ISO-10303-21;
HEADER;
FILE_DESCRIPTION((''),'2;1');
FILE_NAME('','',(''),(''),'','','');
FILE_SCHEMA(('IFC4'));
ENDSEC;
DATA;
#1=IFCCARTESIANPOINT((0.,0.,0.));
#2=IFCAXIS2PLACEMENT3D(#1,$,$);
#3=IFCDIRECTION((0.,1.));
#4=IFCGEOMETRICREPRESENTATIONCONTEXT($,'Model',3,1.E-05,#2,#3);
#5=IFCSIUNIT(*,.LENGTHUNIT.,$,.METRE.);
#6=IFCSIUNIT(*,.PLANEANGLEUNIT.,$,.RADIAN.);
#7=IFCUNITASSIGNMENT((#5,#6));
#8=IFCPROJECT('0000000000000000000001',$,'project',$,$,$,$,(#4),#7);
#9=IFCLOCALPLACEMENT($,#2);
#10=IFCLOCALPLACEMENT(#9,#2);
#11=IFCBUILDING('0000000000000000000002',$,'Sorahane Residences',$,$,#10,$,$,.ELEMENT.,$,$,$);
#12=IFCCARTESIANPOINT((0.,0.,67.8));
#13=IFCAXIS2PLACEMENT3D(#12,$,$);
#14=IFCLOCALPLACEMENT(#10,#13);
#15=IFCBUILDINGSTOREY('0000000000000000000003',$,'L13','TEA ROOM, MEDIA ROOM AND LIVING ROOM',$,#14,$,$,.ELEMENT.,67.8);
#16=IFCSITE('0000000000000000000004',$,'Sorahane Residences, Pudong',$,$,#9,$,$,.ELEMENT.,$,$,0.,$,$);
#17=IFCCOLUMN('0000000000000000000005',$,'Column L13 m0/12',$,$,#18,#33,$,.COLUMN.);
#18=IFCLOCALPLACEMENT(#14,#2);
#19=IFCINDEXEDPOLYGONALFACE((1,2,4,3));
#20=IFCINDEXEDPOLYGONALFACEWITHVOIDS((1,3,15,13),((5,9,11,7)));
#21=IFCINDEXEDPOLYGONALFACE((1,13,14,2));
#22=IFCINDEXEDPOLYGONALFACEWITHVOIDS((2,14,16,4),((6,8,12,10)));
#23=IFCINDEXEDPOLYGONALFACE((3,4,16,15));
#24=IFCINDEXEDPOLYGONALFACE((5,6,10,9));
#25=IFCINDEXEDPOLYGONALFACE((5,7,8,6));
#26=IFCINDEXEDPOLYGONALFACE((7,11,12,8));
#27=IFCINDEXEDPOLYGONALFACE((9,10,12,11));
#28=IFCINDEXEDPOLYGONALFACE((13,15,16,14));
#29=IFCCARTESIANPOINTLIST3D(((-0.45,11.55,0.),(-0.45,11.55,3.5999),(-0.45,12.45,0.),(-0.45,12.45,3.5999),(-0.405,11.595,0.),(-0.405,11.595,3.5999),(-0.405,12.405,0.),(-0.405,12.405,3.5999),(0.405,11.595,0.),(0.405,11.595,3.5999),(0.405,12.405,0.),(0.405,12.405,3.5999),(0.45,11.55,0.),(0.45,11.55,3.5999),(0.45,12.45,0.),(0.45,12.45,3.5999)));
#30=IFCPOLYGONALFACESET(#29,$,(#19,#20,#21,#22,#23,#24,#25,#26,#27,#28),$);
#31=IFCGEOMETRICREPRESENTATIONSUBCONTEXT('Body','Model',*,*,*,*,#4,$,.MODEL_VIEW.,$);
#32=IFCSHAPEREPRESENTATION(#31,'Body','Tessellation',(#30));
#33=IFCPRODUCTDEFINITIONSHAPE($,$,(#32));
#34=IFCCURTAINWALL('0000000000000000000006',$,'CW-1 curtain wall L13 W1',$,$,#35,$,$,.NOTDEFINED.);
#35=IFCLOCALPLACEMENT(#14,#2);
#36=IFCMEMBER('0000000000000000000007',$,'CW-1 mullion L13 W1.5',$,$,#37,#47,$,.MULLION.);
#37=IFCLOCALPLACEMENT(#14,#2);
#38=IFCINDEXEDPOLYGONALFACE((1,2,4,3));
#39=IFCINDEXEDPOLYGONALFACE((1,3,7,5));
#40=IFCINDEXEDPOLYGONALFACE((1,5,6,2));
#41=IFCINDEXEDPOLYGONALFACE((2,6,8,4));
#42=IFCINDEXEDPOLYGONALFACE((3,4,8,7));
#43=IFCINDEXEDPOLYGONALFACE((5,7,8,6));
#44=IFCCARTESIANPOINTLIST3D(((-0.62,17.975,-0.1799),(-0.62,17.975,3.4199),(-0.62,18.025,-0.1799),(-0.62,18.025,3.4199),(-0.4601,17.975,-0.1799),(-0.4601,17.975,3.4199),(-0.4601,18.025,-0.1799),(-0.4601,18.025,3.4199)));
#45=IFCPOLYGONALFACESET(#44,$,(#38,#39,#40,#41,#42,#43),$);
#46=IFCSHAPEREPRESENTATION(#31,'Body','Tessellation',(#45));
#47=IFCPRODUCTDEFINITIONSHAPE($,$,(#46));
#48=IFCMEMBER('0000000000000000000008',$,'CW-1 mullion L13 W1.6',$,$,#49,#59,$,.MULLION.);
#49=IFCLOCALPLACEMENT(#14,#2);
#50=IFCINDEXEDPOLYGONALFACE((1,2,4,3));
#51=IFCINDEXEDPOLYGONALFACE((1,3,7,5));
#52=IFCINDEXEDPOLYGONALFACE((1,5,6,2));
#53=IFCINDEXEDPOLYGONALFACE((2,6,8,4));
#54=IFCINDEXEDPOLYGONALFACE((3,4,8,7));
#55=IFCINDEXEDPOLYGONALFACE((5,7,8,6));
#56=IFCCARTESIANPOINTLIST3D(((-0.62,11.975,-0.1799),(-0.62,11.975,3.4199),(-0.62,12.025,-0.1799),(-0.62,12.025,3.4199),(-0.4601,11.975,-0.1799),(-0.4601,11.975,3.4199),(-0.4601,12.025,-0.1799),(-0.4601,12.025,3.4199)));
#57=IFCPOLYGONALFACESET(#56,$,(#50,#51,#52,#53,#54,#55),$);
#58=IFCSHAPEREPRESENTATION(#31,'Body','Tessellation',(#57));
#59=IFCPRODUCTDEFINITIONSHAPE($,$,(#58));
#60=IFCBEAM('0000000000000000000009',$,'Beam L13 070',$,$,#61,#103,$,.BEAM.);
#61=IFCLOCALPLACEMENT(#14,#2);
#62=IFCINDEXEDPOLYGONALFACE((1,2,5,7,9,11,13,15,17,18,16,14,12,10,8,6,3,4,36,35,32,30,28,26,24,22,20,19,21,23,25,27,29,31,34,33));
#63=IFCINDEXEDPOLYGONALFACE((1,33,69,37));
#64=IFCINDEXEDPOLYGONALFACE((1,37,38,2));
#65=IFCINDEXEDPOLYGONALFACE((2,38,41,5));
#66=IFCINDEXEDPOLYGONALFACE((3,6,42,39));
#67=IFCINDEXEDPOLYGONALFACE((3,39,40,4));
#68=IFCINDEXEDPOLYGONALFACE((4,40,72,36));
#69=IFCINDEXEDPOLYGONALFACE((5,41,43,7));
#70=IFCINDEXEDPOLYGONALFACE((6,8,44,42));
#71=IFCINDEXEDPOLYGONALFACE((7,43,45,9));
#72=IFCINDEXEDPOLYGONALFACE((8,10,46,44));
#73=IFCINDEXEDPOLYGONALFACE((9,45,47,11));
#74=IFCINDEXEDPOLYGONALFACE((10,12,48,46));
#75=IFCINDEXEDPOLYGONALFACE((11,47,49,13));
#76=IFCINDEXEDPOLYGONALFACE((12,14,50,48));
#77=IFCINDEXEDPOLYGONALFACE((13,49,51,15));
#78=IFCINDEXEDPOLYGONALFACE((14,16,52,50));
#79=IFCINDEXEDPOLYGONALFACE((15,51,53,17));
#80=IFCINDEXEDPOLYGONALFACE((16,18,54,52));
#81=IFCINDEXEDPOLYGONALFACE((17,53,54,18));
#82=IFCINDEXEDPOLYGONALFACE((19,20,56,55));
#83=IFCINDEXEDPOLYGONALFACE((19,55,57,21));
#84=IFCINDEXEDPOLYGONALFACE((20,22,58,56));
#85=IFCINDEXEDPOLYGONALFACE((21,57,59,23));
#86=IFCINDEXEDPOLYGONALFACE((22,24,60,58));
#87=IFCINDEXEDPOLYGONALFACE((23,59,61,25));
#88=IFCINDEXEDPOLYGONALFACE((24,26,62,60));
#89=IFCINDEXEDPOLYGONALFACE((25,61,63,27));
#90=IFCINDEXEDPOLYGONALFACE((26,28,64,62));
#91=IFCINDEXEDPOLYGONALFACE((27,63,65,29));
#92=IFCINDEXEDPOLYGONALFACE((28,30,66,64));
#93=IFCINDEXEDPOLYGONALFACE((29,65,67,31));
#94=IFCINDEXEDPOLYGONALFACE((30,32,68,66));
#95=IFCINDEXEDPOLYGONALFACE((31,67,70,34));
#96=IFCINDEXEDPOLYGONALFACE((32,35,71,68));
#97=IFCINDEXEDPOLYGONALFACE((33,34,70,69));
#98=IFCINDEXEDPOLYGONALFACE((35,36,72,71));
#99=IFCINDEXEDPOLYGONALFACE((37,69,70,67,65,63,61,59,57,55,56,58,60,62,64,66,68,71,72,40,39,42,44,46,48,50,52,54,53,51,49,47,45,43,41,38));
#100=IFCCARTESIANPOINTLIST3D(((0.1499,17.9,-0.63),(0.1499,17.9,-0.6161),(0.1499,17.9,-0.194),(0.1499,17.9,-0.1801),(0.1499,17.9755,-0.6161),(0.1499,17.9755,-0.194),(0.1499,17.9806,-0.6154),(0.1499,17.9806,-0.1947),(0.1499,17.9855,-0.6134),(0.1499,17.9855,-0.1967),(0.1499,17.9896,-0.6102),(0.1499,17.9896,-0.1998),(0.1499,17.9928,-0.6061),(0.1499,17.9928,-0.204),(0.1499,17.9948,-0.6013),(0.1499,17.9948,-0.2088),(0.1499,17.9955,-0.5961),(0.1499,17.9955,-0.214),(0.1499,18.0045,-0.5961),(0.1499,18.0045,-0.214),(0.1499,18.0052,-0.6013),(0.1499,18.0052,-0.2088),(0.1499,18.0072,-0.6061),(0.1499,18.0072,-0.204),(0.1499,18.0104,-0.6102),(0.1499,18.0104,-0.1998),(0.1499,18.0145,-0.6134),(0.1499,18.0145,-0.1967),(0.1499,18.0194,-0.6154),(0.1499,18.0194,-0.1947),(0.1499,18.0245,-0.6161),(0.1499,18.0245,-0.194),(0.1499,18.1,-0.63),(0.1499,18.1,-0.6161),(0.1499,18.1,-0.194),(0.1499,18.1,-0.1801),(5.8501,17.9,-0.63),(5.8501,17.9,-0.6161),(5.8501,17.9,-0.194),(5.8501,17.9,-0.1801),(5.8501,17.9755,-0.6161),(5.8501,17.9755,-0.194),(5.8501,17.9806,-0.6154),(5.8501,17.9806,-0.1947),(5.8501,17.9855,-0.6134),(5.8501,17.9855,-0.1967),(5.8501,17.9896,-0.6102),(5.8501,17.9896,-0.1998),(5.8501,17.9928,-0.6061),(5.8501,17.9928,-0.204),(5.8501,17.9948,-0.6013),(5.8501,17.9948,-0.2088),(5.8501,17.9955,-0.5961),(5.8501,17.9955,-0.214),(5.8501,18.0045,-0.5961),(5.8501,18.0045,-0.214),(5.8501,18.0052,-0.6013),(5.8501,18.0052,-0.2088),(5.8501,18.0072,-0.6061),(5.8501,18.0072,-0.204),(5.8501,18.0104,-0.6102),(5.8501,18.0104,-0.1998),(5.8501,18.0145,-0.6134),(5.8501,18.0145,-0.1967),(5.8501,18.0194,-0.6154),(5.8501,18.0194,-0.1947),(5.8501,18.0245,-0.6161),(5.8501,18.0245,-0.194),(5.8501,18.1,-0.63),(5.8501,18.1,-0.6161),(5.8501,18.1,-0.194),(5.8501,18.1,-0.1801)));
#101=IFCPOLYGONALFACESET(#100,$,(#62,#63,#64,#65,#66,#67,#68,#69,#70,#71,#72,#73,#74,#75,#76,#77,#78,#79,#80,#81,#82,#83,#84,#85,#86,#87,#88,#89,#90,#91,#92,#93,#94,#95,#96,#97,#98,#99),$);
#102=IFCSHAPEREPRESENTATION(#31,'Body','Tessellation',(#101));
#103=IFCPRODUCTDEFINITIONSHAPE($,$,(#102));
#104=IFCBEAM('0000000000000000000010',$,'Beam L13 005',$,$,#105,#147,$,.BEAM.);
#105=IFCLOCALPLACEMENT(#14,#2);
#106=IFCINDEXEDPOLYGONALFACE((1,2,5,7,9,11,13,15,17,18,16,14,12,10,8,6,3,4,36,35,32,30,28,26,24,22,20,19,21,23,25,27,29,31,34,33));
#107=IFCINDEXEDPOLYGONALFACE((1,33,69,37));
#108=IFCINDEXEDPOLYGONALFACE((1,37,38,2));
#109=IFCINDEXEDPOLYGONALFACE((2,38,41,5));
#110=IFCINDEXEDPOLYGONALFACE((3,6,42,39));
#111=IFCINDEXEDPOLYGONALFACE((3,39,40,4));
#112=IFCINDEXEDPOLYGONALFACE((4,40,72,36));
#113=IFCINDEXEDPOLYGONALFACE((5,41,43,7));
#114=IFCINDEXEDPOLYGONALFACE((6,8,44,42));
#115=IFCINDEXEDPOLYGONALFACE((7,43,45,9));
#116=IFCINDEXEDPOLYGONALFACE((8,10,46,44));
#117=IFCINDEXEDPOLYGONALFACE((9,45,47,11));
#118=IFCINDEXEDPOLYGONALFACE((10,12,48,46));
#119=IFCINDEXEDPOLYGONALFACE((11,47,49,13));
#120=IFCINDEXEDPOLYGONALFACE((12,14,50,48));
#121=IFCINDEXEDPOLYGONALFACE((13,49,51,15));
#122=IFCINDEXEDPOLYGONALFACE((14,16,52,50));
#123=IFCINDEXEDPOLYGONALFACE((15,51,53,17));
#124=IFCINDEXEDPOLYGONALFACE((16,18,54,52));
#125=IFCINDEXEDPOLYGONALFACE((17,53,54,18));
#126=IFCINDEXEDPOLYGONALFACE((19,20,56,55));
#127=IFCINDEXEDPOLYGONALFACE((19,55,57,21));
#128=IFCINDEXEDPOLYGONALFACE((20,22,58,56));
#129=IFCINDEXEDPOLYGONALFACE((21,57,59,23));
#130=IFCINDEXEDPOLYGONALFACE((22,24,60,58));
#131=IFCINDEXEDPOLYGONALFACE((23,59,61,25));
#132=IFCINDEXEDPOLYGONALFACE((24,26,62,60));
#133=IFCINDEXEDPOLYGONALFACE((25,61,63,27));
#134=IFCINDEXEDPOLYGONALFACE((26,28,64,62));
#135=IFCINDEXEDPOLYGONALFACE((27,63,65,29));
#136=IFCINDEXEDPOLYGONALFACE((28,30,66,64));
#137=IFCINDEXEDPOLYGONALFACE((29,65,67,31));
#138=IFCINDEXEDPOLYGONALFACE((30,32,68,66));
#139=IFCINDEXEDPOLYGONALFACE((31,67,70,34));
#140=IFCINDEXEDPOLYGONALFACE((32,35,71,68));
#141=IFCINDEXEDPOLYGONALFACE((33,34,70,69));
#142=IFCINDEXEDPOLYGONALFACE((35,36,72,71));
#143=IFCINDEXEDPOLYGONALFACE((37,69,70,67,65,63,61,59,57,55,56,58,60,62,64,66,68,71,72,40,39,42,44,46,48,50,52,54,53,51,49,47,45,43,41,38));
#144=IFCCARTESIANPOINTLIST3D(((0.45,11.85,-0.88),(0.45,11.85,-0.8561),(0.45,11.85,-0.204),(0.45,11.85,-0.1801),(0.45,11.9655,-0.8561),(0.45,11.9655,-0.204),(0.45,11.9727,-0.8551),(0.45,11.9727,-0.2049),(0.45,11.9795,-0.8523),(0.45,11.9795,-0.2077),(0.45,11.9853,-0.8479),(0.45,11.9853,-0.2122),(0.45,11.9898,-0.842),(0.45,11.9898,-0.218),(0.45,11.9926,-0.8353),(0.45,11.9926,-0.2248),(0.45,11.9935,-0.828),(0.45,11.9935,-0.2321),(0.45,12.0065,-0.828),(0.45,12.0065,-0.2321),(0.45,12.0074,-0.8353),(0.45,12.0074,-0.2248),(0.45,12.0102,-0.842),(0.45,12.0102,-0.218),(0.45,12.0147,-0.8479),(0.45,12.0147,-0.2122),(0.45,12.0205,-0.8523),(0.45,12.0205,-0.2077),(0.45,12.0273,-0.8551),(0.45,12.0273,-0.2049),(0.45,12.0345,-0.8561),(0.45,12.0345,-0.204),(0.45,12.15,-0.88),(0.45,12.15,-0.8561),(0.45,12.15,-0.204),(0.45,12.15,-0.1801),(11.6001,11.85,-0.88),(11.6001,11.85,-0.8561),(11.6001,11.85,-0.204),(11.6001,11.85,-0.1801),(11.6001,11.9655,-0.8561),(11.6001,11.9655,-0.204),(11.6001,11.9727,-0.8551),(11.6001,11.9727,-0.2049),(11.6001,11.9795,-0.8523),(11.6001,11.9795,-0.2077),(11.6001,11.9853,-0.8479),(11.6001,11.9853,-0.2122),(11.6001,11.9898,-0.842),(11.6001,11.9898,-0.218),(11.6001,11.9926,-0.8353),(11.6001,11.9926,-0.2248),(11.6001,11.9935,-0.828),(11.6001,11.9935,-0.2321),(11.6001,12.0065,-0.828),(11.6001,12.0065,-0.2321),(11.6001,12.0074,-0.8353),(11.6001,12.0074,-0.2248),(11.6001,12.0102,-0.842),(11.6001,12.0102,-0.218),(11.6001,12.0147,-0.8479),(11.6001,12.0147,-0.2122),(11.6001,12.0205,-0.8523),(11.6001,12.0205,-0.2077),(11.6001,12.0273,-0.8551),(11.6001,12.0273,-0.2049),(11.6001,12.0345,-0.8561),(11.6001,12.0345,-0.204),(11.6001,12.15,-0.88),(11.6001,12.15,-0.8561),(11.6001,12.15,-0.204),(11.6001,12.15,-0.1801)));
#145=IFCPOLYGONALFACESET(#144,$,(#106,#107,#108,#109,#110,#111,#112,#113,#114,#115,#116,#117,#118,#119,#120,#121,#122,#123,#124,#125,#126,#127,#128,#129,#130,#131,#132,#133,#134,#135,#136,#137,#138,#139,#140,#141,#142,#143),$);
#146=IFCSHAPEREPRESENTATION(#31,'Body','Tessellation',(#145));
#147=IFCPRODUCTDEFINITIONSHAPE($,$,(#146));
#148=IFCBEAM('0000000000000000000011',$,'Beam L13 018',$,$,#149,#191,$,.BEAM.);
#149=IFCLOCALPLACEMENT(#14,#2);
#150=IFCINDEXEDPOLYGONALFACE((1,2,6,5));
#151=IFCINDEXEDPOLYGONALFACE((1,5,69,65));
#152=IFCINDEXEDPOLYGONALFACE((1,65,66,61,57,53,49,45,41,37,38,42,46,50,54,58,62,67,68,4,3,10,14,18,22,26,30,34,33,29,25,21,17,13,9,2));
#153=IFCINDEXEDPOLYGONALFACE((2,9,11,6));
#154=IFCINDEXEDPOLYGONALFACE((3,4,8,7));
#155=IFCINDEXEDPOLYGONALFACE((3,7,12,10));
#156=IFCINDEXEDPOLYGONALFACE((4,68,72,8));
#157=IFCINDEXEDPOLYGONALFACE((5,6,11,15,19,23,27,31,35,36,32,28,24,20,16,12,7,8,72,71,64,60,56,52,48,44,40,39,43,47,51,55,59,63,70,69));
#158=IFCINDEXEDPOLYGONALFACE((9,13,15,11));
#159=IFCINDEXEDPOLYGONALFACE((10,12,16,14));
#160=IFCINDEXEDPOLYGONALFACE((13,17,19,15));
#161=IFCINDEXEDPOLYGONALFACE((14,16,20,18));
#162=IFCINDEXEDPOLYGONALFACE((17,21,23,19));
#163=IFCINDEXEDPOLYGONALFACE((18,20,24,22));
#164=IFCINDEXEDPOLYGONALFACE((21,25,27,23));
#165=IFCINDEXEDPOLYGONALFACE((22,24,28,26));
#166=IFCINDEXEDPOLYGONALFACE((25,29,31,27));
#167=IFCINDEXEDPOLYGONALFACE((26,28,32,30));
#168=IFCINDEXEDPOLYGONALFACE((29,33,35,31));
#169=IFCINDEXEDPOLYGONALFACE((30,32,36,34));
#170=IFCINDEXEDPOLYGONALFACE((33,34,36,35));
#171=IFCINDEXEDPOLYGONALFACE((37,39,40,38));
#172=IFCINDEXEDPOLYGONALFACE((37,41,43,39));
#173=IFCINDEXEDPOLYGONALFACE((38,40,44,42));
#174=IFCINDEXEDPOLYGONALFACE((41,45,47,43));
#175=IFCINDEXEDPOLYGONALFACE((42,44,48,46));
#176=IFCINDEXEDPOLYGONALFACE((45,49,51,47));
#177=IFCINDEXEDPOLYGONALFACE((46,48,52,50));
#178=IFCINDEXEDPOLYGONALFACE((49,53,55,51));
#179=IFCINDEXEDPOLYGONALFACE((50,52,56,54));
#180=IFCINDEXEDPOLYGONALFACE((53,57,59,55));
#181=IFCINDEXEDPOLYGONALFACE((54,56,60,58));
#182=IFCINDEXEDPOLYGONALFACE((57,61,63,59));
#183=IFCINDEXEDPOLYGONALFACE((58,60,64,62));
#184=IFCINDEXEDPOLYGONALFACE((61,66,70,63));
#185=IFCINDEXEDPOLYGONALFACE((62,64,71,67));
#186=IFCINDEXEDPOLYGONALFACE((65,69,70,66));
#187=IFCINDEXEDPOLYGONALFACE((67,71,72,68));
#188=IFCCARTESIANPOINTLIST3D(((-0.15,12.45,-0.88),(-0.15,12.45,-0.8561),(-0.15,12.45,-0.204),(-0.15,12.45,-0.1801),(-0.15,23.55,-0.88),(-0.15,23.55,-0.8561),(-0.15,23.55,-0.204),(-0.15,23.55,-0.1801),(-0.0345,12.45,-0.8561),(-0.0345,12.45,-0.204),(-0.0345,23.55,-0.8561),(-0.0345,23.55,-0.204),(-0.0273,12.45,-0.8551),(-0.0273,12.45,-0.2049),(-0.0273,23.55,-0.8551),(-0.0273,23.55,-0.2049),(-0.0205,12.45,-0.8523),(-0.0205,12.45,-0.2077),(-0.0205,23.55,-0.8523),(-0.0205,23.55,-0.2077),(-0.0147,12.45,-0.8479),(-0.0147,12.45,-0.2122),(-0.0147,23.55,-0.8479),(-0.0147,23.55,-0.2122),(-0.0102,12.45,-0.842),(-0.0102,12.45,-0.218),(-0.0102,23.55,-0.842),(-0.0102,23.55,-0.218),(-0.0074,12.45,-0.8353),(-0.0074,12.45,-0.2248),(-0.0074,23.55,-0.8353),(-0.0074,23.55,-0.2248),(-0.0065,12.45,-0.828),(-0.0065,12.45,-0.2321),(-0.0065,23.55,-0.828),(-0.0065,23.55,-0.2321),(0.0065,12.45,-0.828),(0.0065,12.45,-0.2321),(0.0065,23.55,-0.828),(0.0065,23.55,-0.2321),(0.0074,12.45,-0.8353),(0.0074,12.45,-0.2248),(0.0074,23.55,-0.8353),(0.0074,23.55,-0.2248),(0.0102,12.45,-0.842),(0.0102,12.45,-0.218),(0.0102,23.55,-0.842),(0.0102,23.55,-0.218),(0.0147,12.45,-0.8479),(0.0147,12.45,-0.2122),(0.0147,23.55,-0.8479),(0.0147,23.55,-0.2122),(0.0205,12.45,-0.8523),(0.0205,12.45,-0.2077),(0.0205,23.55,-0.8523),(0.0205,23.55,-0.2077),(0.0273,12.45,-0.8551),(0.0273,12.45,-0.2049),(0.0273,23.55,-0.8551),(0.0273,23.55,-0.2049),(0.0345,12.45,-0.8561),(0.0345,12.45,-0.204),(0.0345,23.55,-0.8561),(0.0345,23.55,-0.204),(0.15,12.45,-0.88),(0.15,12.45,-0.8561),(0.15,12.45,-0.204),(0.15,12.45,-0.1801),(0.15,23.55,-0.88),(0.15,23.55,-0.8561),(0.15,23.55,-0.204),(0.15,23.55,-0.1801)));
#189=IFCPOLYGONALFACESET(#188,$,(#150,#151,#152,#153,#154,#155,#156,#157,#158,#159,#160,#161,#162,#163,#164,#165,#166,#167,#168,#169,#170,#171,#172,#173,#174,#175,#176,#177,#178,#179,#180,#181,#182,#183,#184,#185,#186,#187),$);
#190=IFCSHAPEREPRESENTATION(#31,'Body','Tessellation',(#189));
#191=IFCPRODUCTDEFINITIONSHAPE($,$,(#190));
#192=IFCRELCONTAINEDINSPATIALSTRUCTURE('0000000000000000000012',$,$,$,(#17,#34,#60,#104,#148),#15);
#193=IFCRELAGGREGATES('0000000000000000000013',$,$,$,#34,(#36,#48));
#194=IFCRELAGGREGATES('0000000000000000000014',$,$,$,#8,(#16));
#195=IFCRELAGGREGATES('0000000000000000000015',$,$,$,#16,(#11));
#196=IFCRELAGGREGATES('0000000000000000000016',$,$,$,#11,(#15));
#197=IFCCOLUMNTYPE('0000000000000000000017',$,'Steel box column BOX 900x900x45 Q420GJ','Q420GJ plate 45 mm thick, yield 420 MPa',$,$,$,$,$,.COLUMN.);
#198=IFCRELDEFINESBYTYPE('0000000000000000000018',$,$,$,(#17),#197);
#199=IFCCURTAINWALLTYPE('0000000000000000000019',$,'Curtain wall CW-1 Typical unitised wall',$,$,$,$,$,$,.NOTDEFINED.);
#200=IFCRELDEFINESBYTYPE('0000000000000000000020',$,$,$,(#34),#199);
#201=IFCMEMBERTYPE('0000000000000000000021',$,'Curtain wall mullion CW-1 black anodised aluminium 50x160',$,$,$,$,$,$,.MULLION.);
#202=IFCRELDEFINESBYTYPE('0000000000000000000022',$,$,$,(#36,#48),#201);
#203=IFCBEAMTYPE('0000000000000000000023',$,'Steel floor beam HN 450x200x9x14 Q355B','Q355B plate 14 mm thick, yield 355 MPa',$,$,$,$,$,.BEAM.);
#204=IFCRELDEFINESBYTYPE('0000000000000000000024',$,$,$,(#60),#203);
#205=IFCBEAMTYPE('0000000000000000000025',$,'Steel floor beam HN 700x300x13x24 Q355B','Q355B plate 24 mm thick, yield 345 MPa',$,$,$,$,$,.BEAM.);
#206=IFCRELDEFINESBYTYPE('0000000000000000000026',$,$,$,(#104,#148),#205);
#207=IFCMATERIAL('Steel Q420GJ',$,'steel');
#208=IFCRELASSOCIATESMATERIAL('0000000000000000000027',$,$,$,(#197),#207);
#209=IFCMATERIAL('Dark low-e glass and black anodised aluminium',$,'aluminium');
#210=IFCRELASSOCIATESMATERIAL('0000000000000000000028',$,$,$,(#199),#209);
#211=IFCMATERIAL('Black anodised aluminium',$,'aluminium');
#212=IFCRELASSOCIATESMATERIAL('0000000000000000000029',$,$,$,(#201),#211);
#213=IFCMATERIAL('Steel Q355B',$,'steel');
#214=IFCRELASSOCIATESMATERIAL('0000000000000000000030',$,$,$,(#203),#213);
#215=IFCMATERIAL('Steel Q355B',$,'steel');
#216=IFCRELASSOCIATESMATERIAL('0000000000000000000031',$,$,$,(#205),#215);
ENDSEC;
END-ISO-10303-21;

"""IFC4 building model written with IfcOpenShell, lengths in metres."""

from ifc_helpers import new_model, si_unit, direction, frame, origin, origin_2d, place, context, subcontext, project, spatial, rectangle, hollow_rectangle, i_section, extrude, material, material_profile, profile_set, type_object, element, aggregate, save


model = new_model("IFC4")

# Units and contexts
model_context = context("Model", 3, precision=1e-05, world=origin(), true_north=direction((0.0, 1.0)))
body_context = subcontext(model_context, "Body", "Model", "MODEL_VIEW")
ifc_project = project(units=[si_unit("LENGTHUNIT", "METRE"), si_unit("PLANEANGLEUNIT", "RADIAN")], contexts=[model_context])

# Site, building, storey
site_placement = place(None, origin())
site = spatial("IfcSite", under=ifc_project, at=site_placement, Name="Sorahane Residences, Pudong", CompositionType="ELEMENT", RefElevation=0.0)
building_placement = place(site_placement, origin())
building = spatial("IfcBuilding", under=site, at=building_placement, Name="Sorahane Residences", CompositionType="ELEMENT")
storey_placement = place(building_placement, frame((0.0, 0.0, 67.8)))
storey = spatial("IfcBuildingStorey", under=building, at=storey_placement, Name="L13", Description="TEA ROOM, MEDIA ROOM AND LIVING ROOM", CompositionType="ELEMENT", Elevation=67.8)

# Column
ifc_material_1 = material(Name="Steel Q420GJ", Category="steel")
ifc_material_profile_1 = material_profile(ifc_material_1, hollow_rectangle(XDim=0.8999, YDim=0.8999, WallThickness=0.0449, at=origin_2d()), Name="BOX 900x900x45")
ifc_profile_set_1 = profile_set([ifc_material_profile_1], Name="Steel Q420GJ")
column_type = type_object("IfcColumnType", Name="Steel box column BOX 900x900x45 Q420GJ", Description="Q420GJ plate 45 mm thick, yield 420 MPa", PredefinedType="COLUMN", material=ifc_profile_set_1)
column_placement = place(storey_placement, frame((0.0, 12.0, 0.0), z_axis=(0.0, 0.0, 1.0), x_axis=(1.0, 0.0, 0.0)))
element("IfcColumn", 1, at=column_placement, inside=storey, type_object=column_type, Name="Column L13 m0/12", PredefinedType="COLUMN", context=body_context, shape_type="SweptSolid", body=[
    extrude(hollow_rectangle(XDim=0.8999, YDim=0.8999, WallThickness=0.0449, at=origin_2d()), origin(), (0.0, 0.0, 1.0), 3.5999),
])

# Curtain wall, members
ifc_material_2 = material(Name="Dark low-e glass and black anodised aluminium", Category="aluminium")
curtain_wall_type = type_object("IfcCurtainWallType", Name="Curtain wall CW-1 Typical unitised wall", PredefinedType="NOTDEFINED", material=ifc_material_2)
curtain_wall_placement = place(storey_placement, origin())
curtain_wall = element("IfcCurtainWall", 2, at=curtain_wall_placement, inside=storey, type_object=curtain_wall_type, Name="CW-1 curtain wall L13 W1", PredefinedType="NOTDEFINED")
ifc_material_3 = material(Name="Black anodised aluminium", Category="aluminium")
ifc_material_profile_2 = material_profile(ifc_material_3, rectangle(XDim=0.1599, YDim=0.05, at=origin_2d()), Name="Curtain wall mullion CW-1 black anodised aluminium 50x160")
ifc_profile_set_2 = profile_set([ifc_material_profile_2], Name="Black anodised aluminium")
member_type = type_object("IfcMemberType", Name="Curtain wall mullion CW-1 black anodised aluminium 50x160", PredefinedType="MULLION", material=ifc_profile_set_2)
member_1_placement = place(storey_placement, frame((-0.54, 18.0, -0.1799), z_axis=(0.0, 0.0, 1.0), x_axis=(-1.0, 0.0, 0.0)))
member_1 = element("IfcMember", 3, at=member_1_placement, type_object=member_type, Name="CW-1 mullion L13 W1.5", PredefinedType="MULLION", context=body_context, shape_type="SweptSolid", body=[
    extrude(rectangle(XDim=0.1599, YDim=0.05, at=origin_2d()), origin(), (0.0, 0.0, 1.0), 3.5999),
])
member_2_placement = place(storey_placement, frame((-0.54, 12.0, -0.1799), z_axis=(0.0, 0.0, 1.0), x_axis=(-1.0, 0.0, 0.0)))
member_2 = element("IfcMember", 4, at=member_2_placement, type_object=member_type, Name="CW-1 mullion L13 W1.6", PredefinedType="MULLION", context=body_context, shape_type="SweptSolid", body=[
    extrude(rectangle(XDim=0.1599, YDim=0.05, at=origin_2d()), origin(), (0.0, 0.0, 1.0), 3.5999),
])

# Beams
ifc_material_4 = material(Name="Steel Q355B", Category="steel")
ifc_material_profile_3 = material_profile(ifc_material_4, i_section(OverallWidth=0.2, OverallDepth=0.45, WebThickness=0.009, FlangeThickness=0.0139, FilletRadius=0.02, at=origin_2d()), Name="HN 450x200x9x14")
ifc_profile_set_3 = profile_set([ifc_material_profile_3], Name="Steel Q355B")
beam_type_1 = type_object("IfcBeamType", Name="Steel floor beam HN 450x200x9x14 Q355B", Description="Q355B plate 14 mm thick, yield 355 MPa", PredefinedType="BEAM", material=ifc_profile_set_3)
beam_1_placement = place(storey_placement, frame((0.1499, 18.0, -0.405), z_axis=(1.0, 0.0, 0.0), x_axis=(0.0, 1.0, 0.0)))
element("IfcBeam", 5, at=beam_1_placement, inside=storey, type_object=beam_type_1, Name="Beam L13 070", PredefinedType="BEAM", context=body_context, shape_type="SweptSolid", body=[
    extrude(i_section(OverallWidth=0.2, OverallDepth=0.45, WebThickness=0.009, FlangeThickness=0.0139, FilletRadius=0.02, at=origin_2d()), origin(), (0.0, 0.0, 1.0), 5.7002),
])
ifc_material_5 = material(Name="Steel Q355B", Category="steel")
ifc_material_profile_4 = material_profile(ifc_material_5, i_section(OverallWidth=0.3, OverallDepth=0.7, WebThickness=0.0129, FlangeThickness=0.0239, FilletRadius=0.0281, at=origin_2d()), Name="HN 700x300x13x24")
ifc_profile_set_4 = profile_set([ifc_material_profile_4], Name="Steel Q355B")
beam_type_2 = type_object("IfcBeamType", Name="Steel floor beam HN 700x300x13x24 Q355B", Description="Q355B plate 24 mm thick, yield 345 MPa", PredefinedType="BEAM", material=ifc_profile_set_4)
beam_2_placement = place(storey_placement, frame((0.45, 12.0, -0.53), z_axis=(1.0, 0.0, 0.0), x_axis=(0.0, 1.0, 0.0)))
element("IfcBeam", 6, at=beam_2_placement, inside=storey, type_object=beam_type_2, Name="Beam L13 005", PredefinedType="BEAM", context=body_context, shape_type="SweptSolid", body=[
    extrude(i_section(OverallWidth=0.3, OverallDepth=0.7, WebThickness=0.0129, FlangeThickness=0.0239, FilletRadius=0.0281, at=origin_2d()), origin(), (0.0, 0.0, 1.0), 11.1501),
])
beam_3_placement = place(storey_placement, frame((0.0, 12.45, -0.53), z_axis=(0.0, 1.0, 0.0), x_axis=(-1.0, 0.0, 0.0)))
element("IfcBeam", 7, at=beam_3_placement, inside=storey, type_object=beam_type_2, Name="Beam L13 018", PredefinedType="BEAM", context=body_context, shape_type="SweptSolid", body=[
    extrude(i_section(OverallWidth=0.3, OverallDepth=0.7, WebThickness=0.0129, FlangeThickness=0.0239, FilletRadius=0.0281, at=origin_2d()), origin(), (0.0, 0.0, 1.0), 11.1001),
])

aggregate(curtain_wall, [member_1, member_2])

save(model, "model.ifc")
